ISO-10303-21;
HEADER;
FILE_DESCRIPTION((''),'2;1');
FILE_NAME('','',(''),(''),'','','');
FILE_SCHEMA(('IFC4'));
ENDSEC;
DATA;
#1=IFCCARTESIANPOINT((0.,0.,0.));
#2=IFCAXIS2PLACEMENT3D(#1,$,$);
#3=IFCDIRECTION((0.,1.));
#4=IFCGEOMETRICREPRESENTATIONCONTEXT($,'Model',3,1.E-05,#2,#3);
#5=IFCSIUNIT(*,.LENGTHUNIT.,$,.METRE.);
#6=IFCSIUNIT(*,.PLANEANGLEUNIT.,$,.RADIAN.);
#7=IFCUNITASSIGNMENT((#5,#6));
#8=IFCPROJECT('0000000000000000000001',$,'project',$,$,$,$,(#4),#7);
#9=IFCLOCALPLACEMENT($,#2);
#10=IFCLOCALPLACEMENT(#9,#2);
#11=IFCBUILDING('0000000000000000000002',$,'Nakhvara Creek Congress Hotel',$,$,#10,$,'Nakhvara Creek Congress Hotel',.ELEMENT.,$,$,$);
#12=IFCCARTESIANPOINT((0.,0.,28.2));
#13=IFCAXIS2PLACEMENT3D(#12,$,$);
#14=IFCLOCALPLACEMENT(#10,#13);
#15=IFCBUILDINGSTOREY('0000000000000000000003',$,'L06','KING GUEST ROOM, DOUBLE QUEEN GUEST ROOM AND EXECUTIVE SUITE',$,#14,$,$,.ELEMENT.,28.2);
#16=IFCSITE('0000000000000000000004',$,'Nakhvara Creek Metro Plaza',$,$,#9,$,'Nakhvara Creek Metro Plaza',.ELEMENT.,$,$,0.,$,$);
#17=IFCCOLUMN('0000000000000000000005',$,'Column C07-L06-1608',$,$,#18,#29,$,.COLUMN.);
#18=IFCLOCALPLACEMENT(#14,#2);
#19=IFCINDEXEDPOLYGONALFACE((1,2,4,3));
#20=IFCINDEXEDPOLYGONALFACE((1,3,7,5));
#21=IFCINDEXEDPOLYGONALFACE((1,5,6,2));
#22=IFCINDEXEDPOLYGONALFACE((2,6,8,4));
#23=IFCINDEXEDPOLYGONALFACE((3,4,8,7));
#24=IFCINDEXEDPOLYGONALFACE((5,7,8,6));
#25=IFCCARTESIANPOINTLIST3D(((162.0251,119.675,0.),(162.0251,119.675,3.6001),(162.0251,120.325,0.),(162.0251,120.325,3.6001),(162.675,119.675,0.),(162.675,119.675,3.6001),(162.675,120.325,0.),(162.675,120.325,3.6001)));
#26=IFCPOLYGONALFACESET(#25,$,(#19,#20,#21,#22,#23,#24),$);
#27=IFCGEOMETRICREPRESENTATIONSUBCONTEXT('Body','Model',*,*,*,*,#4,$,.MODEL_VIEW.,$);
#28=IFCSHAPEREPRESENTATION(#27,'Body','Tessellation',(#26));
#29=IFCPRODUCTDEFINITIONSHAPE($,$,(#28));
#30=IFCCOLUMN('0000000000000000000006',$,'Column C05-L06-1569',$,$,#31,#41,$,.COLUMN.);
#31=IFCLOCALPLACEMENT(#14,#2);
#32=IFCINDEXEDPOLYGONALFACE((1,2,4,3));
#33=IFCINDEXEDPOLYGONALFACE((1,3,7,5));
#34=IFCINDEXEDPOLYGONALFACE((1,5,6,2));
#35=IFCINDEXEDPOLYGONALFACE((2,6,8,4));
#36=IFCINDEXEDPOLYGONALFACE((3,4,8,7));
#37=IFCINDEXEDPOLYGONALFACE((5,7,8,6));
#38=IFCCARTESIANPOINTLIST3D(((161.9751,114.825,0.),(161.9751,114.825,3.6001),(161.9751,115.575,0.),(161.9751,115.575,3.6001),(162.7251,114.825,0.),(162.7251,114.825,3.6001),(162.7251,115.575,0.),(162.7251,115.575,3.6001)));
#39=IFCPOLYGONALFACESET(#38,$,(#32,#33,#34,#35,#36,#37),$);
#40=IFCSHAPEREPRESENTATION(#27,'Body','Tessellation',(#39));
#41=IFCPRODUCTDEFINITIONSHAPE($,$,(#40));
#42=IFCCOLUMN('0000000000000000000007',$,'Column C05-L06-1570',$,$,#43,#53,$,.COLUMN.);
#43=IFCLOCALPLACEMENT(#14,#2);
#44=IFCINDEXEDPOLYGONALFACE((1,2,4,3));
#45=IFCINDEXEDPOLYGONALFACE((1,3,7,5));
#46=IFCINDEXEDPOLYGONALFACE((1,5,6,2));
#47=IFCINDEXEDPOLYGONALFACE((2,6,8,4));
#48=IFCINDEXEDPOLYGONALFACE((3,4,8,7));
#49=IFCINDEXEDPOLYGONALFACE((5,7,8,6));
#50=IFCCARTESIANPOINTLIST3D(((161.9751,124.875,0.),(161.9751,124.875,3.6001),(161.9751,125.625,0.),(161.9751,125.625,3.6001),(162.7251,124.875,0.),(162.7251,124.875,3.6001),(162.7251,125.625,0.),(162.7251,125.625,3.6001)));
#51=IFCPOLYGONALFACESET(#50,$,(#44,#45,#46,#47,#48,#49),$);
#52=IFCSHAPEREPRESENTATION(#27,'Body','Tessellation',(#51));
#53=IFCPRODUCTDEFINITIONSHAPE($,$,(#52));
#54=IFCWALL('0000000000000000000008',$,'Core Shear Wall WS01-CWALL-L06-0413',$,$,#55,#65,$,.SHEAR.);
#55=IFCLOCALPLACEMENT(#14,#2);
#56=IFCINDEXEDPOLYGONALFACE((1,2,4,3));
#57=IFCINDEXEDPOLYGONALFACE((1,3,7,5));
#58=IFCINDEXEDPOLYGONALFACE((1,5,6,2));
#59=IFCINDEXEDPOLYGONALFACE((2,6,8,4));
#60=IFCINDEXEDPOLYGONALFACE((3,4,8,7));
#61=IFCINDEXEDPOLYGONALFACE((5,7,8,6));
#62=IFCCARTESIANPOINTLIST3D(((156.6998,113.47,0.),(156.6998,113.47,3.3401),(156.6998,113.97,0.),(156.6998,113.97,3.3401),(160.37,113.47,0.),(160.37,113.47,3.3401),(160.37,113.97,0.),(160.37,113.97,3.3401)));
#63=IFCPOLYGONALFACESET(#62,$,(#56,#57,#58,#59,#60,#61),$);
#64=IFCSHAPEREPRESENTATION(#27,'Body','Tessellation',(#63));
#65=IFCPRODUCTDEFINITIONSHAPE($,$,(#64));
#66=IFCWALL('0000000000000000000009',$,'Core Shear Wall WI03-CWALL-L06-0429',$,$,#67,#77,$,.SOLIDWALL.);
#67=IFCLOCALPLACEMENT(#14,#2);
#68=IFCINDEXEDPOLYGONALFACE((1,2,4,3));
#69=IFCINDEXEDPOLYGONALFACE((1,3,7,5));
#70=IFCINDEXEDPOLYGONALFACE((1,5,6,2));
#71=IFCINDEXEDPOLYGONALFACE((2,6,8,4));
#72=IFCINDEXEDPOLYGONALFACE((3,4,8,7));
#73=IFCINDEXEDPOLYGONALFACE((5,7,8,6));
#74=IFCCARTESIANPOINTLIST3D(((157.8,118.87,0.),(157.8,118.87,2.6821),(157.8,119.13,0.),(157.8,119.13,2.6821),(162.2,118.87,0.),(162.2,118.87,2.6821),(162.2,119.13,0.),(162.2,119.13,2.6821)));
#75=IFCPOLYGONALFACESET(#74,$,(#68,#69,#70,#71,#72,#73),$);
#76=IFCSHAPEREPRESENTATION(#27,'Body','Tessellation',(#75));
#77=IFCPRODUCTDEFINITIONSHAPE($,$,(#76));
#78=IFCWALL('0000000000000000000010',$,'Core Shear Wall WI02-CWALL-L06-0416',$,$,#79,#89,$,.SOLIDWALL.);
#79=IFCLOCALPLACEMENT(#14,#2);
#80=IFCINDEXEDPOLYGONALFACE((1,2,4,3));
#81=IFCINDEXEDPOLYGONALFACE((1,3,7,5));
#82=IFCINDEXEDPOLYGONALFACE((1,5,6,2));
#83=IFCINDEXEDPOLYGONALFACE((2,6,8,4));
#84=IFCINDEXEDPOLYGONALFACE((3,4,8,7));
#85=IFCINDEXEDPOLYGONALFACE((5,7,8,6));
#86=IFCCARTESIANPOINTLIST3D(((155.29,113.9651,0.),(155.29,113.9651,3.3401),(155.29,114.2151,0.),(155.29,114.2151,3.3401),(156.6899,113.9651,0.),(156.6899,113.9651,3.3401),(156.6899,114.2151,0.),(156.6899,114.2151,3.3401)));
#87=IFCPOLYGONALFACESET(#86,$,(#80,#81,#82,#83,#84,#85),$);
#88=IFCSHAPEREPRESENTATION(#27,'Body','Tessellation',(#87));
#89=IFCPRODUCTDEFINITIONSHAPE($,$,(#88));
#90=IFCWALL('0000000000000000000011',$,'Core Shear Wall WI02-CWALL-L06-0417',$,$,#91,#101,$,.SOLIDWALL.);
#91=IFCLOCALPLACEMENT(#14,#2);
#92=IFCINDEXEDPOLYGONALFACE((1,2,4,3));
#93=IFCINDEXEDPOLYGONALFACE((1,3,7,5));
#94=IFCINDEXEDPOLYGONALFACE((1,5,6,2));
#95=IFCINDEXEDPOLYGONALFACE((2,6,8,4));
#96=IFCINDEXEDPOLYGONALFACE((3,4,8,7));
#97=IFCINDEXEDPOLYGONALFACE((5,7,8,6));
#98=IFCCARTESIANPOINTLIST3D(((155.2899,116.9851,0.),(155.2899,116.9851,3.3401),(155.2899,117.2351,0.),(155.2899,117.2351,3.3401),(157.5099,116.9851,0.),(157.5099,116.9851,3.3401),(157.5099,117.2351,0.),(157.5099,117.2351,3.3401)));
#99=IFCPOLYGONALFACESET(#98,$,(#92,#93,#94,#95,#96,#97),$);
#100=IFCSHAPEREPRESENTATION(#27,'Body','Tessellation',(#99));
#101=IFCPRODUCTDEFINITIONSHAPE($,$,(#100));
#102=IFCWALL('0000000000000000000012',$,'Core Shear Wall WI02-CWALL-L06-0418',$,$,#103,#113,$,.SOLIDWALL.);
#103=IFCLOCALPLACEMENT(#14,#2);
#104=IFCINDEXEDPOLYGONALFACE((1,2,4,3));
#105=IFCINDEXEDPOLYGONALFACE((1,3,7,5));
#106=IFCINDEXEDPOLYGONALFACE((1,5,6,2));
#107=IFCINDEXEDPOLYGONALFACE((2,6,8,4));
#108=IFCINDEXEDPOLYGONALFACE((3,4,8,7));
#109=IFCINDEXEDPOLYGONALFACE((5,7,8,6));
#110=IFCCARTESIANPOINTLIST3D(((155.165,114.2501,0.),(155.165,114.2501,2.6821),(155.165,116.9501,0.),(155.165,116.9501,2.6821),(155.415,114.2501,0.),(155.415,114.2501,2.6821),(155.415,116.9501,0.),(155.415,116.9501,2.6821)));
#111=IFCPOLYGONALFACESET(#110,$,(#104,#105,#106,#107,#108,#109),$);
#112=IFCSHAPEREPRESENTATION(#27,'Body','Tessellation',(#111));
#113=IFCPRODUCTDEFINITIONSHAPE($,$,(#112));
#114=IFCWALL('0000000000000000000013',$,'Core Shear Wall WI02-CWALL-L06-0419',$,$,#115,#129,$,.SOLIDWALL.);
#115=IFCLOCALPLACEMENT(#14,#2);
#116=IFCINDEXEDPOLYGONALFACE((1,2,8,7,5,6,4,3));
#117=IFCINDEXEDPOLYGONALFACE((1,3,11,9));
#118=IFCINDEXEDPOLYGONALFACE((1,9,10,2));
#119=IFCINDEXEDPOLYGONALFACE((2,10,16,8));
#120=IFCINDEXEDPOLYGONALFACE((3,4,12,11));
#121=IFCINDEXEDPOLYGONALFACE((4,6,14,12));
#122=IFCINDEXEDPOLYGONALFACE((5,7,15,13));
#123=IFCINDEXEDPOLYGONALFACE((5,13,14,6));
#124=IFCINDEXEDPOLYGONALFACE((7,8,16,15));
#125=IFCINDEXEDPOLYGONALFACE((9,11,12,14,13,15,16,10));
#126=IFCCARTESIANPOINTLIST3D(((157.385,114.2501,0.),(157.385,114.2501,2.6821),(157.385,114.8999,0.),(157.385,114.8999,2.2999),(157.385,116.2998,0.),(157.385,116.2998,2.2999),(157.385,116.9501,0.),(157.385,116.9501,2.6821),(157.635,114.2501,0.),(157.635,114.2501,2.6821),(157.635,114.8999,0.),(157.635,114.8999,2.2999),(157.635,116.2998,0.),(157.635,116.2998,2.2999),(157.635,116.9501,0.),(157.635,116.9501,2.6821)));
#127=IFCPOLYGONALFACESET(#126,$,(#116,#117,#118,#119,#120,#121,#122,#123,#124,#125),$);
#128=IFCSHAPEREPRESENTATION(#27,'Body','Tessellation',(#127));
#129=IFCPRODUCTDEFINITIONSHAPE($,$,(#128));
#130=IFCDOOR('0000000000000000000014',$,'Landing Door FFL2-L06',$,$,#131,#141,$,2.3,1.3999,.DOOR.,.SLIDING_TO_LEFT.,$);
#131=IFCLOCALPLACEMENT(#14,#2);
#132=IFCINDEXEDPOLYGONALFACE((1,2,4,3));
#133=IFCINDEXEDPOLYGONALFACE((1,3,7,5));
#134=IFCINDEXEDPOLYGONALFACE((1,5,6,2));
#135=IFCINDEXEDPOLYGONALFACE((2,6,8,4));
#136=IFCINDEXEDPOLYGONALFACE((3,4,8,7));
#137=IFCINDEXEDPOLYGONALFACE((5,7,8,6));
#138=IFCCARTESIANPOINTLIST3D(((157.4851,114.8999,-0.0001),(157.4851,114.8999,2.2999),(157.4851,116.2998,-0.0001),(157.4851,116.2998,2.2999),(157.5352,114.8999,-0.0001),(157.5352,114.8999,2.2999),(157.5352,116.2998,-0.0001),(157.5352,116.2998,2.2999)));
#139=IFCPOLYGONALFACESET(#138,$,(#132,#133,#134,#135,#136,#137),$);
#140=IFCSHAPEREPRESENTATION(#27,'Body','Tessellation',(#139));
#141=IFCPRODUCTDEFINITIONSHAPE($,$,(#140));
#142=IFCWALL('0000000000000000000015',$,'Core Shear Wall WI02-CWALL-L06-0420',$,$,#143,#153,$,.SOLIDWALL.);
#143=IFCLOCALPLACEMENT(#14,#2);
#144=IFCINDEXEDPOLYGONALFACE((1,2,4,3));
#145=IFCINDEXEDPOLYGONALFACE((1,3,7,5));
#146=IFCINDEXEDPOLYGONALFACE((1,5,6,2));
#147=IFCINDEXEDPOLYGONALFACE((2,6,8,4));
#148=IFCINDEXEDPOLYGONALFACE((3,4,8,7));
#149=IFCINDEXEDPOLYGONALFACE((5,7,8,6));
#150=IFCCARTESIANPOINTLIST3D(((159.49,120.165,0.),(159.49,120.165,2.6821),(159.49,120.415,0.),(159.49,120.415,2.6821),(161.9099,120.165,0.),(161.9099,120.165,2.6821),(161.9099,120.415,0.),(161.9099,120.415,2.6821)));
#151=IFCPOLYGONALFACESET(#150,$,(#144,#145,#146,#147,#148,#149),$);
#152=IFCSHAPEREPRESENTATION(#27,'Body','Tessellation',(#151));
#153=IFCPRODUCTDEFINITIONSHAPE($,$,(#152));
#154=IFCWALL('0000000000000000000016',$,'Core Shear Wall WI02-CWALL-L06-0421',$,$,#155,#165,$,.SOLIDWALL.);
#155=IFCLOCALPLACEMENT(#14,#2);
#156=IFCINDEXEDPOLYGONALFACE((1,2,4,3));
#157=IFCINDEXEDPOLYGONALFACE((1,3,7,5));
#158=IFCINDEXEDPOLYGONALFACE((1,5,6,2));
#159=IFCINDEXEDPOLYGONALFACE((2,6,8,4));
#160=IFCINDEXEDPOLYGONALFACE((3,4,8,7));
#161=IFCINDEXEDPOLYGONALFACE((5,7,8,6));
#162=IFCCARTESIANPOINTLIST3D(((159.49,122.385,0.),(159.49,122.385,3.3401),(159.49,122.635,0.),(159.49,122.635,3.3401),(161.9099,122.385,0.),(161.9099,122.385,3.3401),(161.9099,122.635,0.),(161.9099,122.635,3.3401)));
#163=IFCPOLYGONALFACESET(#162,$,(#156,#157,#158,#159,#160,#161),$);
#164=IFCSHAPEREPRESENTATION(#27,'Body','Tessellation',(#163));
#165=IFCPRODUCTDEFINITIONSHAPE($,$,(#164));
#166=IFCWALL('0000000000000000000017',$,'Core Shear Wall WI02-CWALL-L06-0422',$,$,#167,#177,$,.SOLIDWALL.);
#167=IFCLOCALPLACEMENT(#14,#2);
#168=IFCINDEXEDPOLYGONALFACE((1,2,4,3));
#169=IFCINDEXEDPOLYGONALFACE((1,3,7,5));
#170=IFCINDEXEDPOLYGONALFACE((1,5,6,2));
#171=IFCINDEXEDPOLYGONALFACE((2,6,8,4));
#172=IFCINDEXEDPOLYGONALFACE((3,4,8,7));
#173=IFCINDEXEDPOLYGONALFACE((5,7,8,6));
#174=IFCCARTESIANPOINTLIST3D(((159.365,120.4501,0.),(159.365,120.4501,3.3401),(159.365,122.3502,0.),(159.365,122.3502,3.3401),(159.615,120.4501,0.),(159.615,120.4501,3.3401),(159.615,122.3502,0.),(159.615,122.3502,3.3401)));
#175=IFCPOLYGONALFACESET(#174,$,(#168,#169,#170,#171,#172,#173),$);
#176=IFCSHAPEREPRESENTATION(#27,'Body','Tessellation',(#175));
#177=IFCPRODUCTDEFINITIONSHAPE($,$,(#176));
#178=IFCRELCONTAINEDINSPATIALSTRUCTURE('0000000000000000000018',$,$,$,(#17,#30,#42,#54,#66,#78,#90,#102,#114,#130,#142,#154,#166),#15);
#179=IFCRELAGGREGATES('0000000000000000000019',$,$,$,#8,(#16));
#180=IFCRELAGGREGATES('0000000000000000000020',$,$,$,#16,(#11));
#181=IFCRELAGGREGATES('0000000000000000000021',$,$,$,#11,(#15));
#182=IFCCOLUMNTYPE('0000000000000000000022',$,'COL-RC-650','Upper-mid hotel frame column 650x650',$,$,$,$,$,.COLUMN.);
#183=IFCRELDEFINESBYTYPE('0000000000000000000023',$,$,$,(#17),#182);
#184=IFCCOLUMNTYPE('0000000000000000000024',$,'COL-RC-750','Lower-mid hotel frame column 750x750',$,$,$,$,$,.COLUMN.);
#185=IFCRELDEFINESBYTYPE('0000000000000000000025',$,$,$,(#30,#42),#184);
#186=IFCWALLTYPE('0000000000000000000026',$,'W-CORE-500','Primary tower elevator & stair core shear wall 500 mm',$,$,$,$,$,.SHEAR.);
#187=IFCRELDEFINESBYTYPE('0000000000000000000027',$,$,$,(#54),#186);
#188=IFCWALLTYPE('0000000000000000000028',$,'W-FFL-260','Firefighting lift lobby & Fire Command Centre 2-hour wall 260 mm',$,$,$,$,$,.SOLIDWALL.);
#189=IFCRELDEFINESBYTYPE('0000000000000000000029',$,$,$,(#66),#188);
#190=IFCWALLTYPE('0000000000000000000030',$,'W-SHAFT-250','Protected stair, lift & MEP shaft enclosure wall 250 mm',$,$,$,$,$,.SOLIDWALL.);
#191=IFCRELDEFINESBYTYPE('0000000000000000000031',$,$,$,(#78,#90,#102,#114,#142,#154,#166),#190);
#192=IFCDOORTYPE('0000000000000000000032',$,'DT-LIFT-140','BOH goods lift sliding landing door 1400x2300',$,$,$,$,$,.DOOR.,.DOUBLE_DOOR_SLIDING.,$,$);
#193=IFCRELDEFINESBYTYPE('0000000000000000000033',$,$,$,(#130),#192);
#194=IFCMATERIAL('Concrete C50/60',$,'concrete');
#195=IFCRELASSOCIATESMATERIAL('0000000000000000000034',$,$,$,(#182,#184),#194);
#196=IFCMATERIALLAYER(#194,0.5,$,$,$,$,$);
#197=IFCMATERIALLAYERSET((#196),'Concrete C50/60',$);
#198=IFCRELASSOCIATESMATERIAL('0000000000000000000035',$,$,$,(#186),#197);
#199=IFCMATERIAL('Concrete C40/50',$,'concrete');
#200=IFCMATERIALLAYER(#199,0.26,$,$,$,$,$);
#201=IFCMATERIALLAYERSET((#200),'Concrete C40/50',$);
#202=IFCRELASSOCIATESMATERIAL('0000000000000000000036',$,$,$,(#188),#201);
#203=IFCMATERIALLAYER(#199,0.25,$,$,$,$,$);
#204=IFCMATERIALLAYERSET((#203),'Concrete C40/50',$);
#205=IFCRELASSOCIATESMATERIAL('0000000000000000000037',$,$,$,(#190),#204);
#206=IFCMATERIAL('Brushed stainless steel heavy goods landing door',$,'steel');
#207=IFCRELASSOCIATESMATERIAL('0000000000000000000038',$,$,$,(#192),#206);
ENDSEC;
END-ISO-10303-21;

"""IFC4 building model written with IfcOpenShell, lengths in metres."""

from ifc_helpers import new_model, si_unit, direction, frame, frame_2d, origin, origin_2d, place, context, subcontext, project, spatial, rectangle, extrude, material, layer, layer_set, material_profile, profile_set, type_object, element, fill, save


model = new_model("IFC4")

# Units and contexts
model_context = context("Model", 3, precision=1e-05, world=origin(), true_north=direction((0.0, 1.0)))
body_context = subcontext(model_context, "Body", "Model", "MODEL_VIEW")
ifc_project = project(units=[si_unit("LENGTHUNIT", "METRE"), si_unit("PLANEANGLEUNIT", "RADIAN")], contexts=[model_context])

# Site, building, storey
site_placement = place(None, origin())
site = spatial("IfcSite", under=ifc_project, at=site_placement, Name="Nakhvara Creek Metro Plaza", LongName="Nakhvara Creek Metro Plaza", CompositionType="ELEMENT", RefElevation=0.0)
building_placement = place(site_placement, origin())
building = spatial("IfcBuilding", under=site, at=building_placement, Name="Nakhvara Creek Congress Hotel", LongName="Nakhvara Creek Congress Hotel", CompositionType="ELEMENT")
storey_placement = place(building_placement, frame((0.0, 0.0, 28.2)))
storey = spatial("IfcBuildingStorey", under=building, at=storey_placement, Name="L06", Description="KING GUEST ROOM, DOUBLE QUEEN GUEST ROOM AND EXECUTIVE SUITE", CompositionType="ELEMENT", Elevation=28.2)

# Columns
ifc_material_1 = material(Name="Concrete C50/60", Category="concrete")
ifc_material_profile_1 = material_profile(ifc_material_1, rectangle(XDim=0.6499, YDim=0.6499, at=origin_2d()), Name="RC-COL 650x650", Category="LoadBearing")
ifc_profile_set_1 = profile_set([ifc_material_profile_1], Name="Concrete C50/60")
column_type_1 = type_object("IfcColumnType", Name="COL-RC-650", Description="Upper-mid hotel frame column 650x650", PredefinedType="COLUMN", material=ifc_profile_set_1)
column_placement = place(storey_placement, frame((162.3501, 120.0, 0.0), z_axis=(0.0, 0.0, 1.0), x_axis=(1.0, 0.0, 0.0)))
element("IfcColumn", 1, at=column_placement, inside=storey, type_object=column_type_1, Name="Column C07-L06-1608", PredefinedType="COLUMN", context=body_context, shape_type="SweptSolid", body=[
    extrude(rectangle(XDim=0.6499, YDim=0.6499, at=origin_2d()), origin(), (0.0, 0.0, 1.0), 3.6001),
])
ifc_material_profile_2 = material_profile(ifc_material_1, rectangle(XDim=0.75, YDim=0.75, at=origin_2d()), Name="RC-COL 750x750", Category="LoadBearing")
ifc_profile_set_2 = profile_set([ifc_material_profile_2], Name="Concrete C50/60")
column_type_2 = type_object("IfcColumnType", Name="COL-RC-750", Description="Lower-mid hotel frame column 750x750", PredefinedType="COLUMN", material=ifc_profile_set_2)
for number, where, z_axis, x_axis, name in (
    (2, (162.3501, 115.2, 0.0), (0.0, 0.0, 1.0), (1.0, 0.0, 0.0), "Column C05-L06-1569"),
    (3, (162.3501, 125.25, 0.0), (0.0, 0.0, 1.0), (1.0, 0.0, 0.0), "Column C05-L06-1570"),
):
    element("IfcColumn", number, at=place(storey_placement, frame(where, z_axis=z_axis, x_axis=x_axis)), inside=storey, type_object=column_type_2, Name=name, PredefinedType="COLUMN", context=body_context, shape_type="SweptSolid", body=[
        extrude(rectangle(XDim=0.75, YDim=0.75, at=origin_2d()), origin(), (0.0, 0.0, 1.0), 3.6001),
    ])

# Wall
ifc_layer_1 = layer(ifc_material_1, 0.5)
ifc_layer_set_1 = layer_set([ifc_layer_1], Name="Concrete C50/60")
wall_type_1 = type_object("IfcWallType", Name="W-CORE-500", Description="Primary tower elevator & stair core shear wall 500 mm", PredefinedType="SHEAR", material=ifc_layer_set_1)
wall_1_placement = place(storey_placement, frame((156.7, 113.72, 0.0), z_axis=(0.0, 0.0, 1.0), x_axis=(1.0, 0.0, 0.0)))
element("IfcWall", 4, at=wall_1_placement, inside=storey, type_object=wall_type_1, Name="Core Shear Wall WS01-CWALL-L06-0413", PredefinedType="SHEAR", context=body_context, shape_type="SweptSolid", body=[
    extrude(rectangle(XDim=3.6702, YDim=0.5, at=frame_2d((1.835, 0.0))), origin(), (0.0, 0.0, 1.0), 3.3401),
])

# Shared definitions
ifc_material_2 = material(Name="Concrete C40/50", Category="concrete")
ifc_layer_2 = layer(ifc_material_2, 0.26)
ifc_layer_set_2 = layer_set([ifc_layer_2], Name="Concrete C40/50")
wall_type_2 = type_object("IfcWallType", Name="W-FFL-260", Description="Firefighting lift lobby & Fire Command Centre 2-hour wall 260 mm", PredefinedType="SOLIDWALL", material=ifc_layer_set_2)

# Walls
wall_2_placement = place(storey_placement, frame((157.8, 119.0, 0.0), z_axis=(0.0, 0.0, 1.0), x_axis=(1.0, 0.0, 0.0)))
element("IfcWall", 5, at=wall_2_placement, inside=storey, type_object=wall_type_2, Name="Core Shear Wall WI03-CWALL-L06-0429", PredefinedType="SOLIDWALL", context=body_context, shape_type="SweptSolid", body=[
    extrude(rectangle(XDim=4.3999, YDim=0.26, at=frame_2d((2.2, 0.0))), origin(), (0.0, 0.0, 1.0), 2.6821),
])
ifc_layer_3 = layer(ifc_material_2, 0.25)
ifc_layer_set_3 = layer_set([ifc_layer_3], Name="Concrete C40/50")
wall_type_3 = type_object("IfcWallType", Name="W-SHAFT-250", Description="Protected stair, lift & MEP shaft enclosure wall 250 mm", PredefinedType="SOLIDWALL", material=ifc_layer_set_3)
wall_3_placement = place(storey_placement, frame((155.29, 114.0901, 0.0), z_axis=(0.0, 0.0, 1.0), x_axis=(1.0, 0.0, 0.0)))
element("IfcWall", 6, at=wall_3_placement, inside=storey, type_object=wall_type_3, Name="Core Shear Wall WI02-CWALL-L06-0416", PredefinedType="SOLIDWALL", context=body_context, shape_type="SweptSolid", body=[
    extrude(rectangle(XDim=1.3999, YDim=0.25, at=frame_2d((0.7, 0.0))), origin(), (0.0, 0.0, 1.0), 3.3401),
])
wall_4_placement = place(storey_placement, frame((155.29, 117.1101, 0.0), z_axis=(0.0, 0.0, 1.0), x_axis=(1.0, 0.0, 0.0)))
element("IfcWall", 7, at=wall_4_placement, inside=storey, type_object=wall_type_3, Name="Core Shear Wall WI02-CWALL-L06-0417", PredefinedType="SOLIDWALL", context=body_context, shape_type="SweptSolid", body=[
    extrude(rectangle(XDim=2.22, YDim=0.25, at=frame_2d((1.1099, 0.0))), origin(), (0.0, 0.0, 1.0), 3.3401),
])
wall_5_placement = place(storey_placement, frame((155.29, 114.25, 0.0), z_axis=(0.0, 0.0, 1.0), x_axis=(0.0, 1.0, 0.0)))
element("IfcWall", 8, at=wall_5_placement, inside=storey, type_object=wall_type_3, Name="Core Shear Wall WI02-CWALL-L06-0418", PredefinedType="SOLIDWALL", context=body_context, shape_type="SweptSolid", body=[
    extrude(rectangle(XDim=2.7, YDim=0.25, at=frame_2d((1.3501, 0.0))), origin(), (0.0, 0.0, 1.0), 2.6821),
])

# Wall, opening, door
wall_6_placement = place(storey_placement, frame((157.51, 114.25, 0.0), z_axis=(0.0, 0.0, 1.0), x_axis=(0.0, 1.0, 0.0)))
wall_6 = element("IfcWall", 9, at=wall_6_placement, inside=storey, type_object=wall_type_3, Name="Core Shear Wall WI02-CWALL-L06-0419", PredefinedType="SOLIDWALL", context=body_context, shape_type="SweptSolid", body=[
    extrude(rectangle(XDim=2.7, YDim=0.25, at=frame_2d((1.3501, 0.0))), origin(), (0.0, 0.0, 1.0), 2.6821),
])
opening_1_placement = place(wall_6_placement, frame((0.6499, 0.0, 0.0)))
opening_1 = element("IfcOpeningElement", 10, at=opening_1_placement, cuts=wall_6, PredefinedType="OPENING", context=body_context, shape_type="SweptSolid", body=[
    extrude(rectangle(XDim=1.3999, YDim=2.3, at=frame_2d((0.7, 1.1499))), frame((0.0, 0.137, 0.0), z_axis=(0.0, -1.0, 0.0), x_axis=(1.0, 0.0, 0.0)), (0.0, 0.0, 1.0), 0.2739),
])
ifc_material_3 = material(Name="Brushed stainless steel heavy goods landing door", Category="steel")
door_type_1 = type_object("IfcDoorType", Name="DT-LIFT-140", Description="BOH goods lift sliding landing door 1400x2300", OperationType="DOUBLE_DOOR_SLIDING", PredefinedType="DOOR", material=ifc_material_3)
door_1_placement = place(opening_1_placement, origin())
door_1 = element("IfcDoor", 11, at=door_1_placement, inside=storey, type_object=door_type_1, Name="Landing Door FFL2-L06", OperationType="SLIDING_TO_LEFT", OverallHeight=2.3, OverallWidth=1.3999, PredefinedType="DOOR", context=body_context, shape_type="SweptSolid", body=[
    extrude(rectangle(XDim=1.3999, YDim=2.3, at=frame_2d((0.7, 1.1499))), frame((0.0, 0.0249, 0.0), z_axis=(0.0, -1.0, 0.0), x_axis=(1.0, 0.0, 0.0)), (0.0, 0.0, 1.0), 0.05),
])
fill(opening_1, door_1)

# Walls
wall_7_placement = place(storey_placement, frame((159.49, 120.29, 0.0), z_axis=(0.0, 0.0, 1.0), x_axis=(1.0, 0.0, 0.0)))
element("IfcWall", 12, at=wall_7_placement, inside=storey, type_object=wall_type_3, Name="Core Shear Wall WI02-CWALL-L06-0420", PredefinedType="SOLIDWALL", context=body_context, shape_type="SweptSolid", body=[
    extrude(rectangle(XDim=2.4199, YDim=0.25, at=frame_2d((1.21, 0.0))), origin(), (0.0, 0.0, 1.0), 2.6821),
])
wall_8_placement = place(storey_placement, frame((159.49, 122.51, 0.0), z_axis=(0.0, 0.0, 1.0), x_axis=(1.0, 0.0, 0.0)))
element("IfcWall", 13, at=wall_8_placement, inside=storey, type_object=wall_type_3, Name="Core Shear Wall WI02-CWALL-L06-0421", PredefinedType="SOLIDWALL", context=body_context, shape_type="SweptSolid", body=[
    extrude(rectangle(XDim=2.4199, YDim=0.25, at=frame_2d((1.21, 0.0))), origin(), (0.0, 0.0, 1.0), 3.3401),
])
wall_9_placement = place(storey_placement, frame((159.49, 120.45, 0.0), z_axis=(0.0, 0.0, 1.0), x_axis=(0.0, 1.0, 0.0)))
element("IfcWall", 14, at=wall_9_placement, inside=storey, type_object=wall_type_3, Name="Core Shear Wall WI02-CWALL-L06-0422", PredefinedType="SOLIDWALL", context=body_context, shape_type="SweptSolid", body=[
    extrude(rectangle(XDim=1.9001, YDim=0.25, at=frame_2d((0.9502, 0.0))), origin(), (0.0, 0.0, 1.0), 3.3401),
])

save(model, "model.ifc")
